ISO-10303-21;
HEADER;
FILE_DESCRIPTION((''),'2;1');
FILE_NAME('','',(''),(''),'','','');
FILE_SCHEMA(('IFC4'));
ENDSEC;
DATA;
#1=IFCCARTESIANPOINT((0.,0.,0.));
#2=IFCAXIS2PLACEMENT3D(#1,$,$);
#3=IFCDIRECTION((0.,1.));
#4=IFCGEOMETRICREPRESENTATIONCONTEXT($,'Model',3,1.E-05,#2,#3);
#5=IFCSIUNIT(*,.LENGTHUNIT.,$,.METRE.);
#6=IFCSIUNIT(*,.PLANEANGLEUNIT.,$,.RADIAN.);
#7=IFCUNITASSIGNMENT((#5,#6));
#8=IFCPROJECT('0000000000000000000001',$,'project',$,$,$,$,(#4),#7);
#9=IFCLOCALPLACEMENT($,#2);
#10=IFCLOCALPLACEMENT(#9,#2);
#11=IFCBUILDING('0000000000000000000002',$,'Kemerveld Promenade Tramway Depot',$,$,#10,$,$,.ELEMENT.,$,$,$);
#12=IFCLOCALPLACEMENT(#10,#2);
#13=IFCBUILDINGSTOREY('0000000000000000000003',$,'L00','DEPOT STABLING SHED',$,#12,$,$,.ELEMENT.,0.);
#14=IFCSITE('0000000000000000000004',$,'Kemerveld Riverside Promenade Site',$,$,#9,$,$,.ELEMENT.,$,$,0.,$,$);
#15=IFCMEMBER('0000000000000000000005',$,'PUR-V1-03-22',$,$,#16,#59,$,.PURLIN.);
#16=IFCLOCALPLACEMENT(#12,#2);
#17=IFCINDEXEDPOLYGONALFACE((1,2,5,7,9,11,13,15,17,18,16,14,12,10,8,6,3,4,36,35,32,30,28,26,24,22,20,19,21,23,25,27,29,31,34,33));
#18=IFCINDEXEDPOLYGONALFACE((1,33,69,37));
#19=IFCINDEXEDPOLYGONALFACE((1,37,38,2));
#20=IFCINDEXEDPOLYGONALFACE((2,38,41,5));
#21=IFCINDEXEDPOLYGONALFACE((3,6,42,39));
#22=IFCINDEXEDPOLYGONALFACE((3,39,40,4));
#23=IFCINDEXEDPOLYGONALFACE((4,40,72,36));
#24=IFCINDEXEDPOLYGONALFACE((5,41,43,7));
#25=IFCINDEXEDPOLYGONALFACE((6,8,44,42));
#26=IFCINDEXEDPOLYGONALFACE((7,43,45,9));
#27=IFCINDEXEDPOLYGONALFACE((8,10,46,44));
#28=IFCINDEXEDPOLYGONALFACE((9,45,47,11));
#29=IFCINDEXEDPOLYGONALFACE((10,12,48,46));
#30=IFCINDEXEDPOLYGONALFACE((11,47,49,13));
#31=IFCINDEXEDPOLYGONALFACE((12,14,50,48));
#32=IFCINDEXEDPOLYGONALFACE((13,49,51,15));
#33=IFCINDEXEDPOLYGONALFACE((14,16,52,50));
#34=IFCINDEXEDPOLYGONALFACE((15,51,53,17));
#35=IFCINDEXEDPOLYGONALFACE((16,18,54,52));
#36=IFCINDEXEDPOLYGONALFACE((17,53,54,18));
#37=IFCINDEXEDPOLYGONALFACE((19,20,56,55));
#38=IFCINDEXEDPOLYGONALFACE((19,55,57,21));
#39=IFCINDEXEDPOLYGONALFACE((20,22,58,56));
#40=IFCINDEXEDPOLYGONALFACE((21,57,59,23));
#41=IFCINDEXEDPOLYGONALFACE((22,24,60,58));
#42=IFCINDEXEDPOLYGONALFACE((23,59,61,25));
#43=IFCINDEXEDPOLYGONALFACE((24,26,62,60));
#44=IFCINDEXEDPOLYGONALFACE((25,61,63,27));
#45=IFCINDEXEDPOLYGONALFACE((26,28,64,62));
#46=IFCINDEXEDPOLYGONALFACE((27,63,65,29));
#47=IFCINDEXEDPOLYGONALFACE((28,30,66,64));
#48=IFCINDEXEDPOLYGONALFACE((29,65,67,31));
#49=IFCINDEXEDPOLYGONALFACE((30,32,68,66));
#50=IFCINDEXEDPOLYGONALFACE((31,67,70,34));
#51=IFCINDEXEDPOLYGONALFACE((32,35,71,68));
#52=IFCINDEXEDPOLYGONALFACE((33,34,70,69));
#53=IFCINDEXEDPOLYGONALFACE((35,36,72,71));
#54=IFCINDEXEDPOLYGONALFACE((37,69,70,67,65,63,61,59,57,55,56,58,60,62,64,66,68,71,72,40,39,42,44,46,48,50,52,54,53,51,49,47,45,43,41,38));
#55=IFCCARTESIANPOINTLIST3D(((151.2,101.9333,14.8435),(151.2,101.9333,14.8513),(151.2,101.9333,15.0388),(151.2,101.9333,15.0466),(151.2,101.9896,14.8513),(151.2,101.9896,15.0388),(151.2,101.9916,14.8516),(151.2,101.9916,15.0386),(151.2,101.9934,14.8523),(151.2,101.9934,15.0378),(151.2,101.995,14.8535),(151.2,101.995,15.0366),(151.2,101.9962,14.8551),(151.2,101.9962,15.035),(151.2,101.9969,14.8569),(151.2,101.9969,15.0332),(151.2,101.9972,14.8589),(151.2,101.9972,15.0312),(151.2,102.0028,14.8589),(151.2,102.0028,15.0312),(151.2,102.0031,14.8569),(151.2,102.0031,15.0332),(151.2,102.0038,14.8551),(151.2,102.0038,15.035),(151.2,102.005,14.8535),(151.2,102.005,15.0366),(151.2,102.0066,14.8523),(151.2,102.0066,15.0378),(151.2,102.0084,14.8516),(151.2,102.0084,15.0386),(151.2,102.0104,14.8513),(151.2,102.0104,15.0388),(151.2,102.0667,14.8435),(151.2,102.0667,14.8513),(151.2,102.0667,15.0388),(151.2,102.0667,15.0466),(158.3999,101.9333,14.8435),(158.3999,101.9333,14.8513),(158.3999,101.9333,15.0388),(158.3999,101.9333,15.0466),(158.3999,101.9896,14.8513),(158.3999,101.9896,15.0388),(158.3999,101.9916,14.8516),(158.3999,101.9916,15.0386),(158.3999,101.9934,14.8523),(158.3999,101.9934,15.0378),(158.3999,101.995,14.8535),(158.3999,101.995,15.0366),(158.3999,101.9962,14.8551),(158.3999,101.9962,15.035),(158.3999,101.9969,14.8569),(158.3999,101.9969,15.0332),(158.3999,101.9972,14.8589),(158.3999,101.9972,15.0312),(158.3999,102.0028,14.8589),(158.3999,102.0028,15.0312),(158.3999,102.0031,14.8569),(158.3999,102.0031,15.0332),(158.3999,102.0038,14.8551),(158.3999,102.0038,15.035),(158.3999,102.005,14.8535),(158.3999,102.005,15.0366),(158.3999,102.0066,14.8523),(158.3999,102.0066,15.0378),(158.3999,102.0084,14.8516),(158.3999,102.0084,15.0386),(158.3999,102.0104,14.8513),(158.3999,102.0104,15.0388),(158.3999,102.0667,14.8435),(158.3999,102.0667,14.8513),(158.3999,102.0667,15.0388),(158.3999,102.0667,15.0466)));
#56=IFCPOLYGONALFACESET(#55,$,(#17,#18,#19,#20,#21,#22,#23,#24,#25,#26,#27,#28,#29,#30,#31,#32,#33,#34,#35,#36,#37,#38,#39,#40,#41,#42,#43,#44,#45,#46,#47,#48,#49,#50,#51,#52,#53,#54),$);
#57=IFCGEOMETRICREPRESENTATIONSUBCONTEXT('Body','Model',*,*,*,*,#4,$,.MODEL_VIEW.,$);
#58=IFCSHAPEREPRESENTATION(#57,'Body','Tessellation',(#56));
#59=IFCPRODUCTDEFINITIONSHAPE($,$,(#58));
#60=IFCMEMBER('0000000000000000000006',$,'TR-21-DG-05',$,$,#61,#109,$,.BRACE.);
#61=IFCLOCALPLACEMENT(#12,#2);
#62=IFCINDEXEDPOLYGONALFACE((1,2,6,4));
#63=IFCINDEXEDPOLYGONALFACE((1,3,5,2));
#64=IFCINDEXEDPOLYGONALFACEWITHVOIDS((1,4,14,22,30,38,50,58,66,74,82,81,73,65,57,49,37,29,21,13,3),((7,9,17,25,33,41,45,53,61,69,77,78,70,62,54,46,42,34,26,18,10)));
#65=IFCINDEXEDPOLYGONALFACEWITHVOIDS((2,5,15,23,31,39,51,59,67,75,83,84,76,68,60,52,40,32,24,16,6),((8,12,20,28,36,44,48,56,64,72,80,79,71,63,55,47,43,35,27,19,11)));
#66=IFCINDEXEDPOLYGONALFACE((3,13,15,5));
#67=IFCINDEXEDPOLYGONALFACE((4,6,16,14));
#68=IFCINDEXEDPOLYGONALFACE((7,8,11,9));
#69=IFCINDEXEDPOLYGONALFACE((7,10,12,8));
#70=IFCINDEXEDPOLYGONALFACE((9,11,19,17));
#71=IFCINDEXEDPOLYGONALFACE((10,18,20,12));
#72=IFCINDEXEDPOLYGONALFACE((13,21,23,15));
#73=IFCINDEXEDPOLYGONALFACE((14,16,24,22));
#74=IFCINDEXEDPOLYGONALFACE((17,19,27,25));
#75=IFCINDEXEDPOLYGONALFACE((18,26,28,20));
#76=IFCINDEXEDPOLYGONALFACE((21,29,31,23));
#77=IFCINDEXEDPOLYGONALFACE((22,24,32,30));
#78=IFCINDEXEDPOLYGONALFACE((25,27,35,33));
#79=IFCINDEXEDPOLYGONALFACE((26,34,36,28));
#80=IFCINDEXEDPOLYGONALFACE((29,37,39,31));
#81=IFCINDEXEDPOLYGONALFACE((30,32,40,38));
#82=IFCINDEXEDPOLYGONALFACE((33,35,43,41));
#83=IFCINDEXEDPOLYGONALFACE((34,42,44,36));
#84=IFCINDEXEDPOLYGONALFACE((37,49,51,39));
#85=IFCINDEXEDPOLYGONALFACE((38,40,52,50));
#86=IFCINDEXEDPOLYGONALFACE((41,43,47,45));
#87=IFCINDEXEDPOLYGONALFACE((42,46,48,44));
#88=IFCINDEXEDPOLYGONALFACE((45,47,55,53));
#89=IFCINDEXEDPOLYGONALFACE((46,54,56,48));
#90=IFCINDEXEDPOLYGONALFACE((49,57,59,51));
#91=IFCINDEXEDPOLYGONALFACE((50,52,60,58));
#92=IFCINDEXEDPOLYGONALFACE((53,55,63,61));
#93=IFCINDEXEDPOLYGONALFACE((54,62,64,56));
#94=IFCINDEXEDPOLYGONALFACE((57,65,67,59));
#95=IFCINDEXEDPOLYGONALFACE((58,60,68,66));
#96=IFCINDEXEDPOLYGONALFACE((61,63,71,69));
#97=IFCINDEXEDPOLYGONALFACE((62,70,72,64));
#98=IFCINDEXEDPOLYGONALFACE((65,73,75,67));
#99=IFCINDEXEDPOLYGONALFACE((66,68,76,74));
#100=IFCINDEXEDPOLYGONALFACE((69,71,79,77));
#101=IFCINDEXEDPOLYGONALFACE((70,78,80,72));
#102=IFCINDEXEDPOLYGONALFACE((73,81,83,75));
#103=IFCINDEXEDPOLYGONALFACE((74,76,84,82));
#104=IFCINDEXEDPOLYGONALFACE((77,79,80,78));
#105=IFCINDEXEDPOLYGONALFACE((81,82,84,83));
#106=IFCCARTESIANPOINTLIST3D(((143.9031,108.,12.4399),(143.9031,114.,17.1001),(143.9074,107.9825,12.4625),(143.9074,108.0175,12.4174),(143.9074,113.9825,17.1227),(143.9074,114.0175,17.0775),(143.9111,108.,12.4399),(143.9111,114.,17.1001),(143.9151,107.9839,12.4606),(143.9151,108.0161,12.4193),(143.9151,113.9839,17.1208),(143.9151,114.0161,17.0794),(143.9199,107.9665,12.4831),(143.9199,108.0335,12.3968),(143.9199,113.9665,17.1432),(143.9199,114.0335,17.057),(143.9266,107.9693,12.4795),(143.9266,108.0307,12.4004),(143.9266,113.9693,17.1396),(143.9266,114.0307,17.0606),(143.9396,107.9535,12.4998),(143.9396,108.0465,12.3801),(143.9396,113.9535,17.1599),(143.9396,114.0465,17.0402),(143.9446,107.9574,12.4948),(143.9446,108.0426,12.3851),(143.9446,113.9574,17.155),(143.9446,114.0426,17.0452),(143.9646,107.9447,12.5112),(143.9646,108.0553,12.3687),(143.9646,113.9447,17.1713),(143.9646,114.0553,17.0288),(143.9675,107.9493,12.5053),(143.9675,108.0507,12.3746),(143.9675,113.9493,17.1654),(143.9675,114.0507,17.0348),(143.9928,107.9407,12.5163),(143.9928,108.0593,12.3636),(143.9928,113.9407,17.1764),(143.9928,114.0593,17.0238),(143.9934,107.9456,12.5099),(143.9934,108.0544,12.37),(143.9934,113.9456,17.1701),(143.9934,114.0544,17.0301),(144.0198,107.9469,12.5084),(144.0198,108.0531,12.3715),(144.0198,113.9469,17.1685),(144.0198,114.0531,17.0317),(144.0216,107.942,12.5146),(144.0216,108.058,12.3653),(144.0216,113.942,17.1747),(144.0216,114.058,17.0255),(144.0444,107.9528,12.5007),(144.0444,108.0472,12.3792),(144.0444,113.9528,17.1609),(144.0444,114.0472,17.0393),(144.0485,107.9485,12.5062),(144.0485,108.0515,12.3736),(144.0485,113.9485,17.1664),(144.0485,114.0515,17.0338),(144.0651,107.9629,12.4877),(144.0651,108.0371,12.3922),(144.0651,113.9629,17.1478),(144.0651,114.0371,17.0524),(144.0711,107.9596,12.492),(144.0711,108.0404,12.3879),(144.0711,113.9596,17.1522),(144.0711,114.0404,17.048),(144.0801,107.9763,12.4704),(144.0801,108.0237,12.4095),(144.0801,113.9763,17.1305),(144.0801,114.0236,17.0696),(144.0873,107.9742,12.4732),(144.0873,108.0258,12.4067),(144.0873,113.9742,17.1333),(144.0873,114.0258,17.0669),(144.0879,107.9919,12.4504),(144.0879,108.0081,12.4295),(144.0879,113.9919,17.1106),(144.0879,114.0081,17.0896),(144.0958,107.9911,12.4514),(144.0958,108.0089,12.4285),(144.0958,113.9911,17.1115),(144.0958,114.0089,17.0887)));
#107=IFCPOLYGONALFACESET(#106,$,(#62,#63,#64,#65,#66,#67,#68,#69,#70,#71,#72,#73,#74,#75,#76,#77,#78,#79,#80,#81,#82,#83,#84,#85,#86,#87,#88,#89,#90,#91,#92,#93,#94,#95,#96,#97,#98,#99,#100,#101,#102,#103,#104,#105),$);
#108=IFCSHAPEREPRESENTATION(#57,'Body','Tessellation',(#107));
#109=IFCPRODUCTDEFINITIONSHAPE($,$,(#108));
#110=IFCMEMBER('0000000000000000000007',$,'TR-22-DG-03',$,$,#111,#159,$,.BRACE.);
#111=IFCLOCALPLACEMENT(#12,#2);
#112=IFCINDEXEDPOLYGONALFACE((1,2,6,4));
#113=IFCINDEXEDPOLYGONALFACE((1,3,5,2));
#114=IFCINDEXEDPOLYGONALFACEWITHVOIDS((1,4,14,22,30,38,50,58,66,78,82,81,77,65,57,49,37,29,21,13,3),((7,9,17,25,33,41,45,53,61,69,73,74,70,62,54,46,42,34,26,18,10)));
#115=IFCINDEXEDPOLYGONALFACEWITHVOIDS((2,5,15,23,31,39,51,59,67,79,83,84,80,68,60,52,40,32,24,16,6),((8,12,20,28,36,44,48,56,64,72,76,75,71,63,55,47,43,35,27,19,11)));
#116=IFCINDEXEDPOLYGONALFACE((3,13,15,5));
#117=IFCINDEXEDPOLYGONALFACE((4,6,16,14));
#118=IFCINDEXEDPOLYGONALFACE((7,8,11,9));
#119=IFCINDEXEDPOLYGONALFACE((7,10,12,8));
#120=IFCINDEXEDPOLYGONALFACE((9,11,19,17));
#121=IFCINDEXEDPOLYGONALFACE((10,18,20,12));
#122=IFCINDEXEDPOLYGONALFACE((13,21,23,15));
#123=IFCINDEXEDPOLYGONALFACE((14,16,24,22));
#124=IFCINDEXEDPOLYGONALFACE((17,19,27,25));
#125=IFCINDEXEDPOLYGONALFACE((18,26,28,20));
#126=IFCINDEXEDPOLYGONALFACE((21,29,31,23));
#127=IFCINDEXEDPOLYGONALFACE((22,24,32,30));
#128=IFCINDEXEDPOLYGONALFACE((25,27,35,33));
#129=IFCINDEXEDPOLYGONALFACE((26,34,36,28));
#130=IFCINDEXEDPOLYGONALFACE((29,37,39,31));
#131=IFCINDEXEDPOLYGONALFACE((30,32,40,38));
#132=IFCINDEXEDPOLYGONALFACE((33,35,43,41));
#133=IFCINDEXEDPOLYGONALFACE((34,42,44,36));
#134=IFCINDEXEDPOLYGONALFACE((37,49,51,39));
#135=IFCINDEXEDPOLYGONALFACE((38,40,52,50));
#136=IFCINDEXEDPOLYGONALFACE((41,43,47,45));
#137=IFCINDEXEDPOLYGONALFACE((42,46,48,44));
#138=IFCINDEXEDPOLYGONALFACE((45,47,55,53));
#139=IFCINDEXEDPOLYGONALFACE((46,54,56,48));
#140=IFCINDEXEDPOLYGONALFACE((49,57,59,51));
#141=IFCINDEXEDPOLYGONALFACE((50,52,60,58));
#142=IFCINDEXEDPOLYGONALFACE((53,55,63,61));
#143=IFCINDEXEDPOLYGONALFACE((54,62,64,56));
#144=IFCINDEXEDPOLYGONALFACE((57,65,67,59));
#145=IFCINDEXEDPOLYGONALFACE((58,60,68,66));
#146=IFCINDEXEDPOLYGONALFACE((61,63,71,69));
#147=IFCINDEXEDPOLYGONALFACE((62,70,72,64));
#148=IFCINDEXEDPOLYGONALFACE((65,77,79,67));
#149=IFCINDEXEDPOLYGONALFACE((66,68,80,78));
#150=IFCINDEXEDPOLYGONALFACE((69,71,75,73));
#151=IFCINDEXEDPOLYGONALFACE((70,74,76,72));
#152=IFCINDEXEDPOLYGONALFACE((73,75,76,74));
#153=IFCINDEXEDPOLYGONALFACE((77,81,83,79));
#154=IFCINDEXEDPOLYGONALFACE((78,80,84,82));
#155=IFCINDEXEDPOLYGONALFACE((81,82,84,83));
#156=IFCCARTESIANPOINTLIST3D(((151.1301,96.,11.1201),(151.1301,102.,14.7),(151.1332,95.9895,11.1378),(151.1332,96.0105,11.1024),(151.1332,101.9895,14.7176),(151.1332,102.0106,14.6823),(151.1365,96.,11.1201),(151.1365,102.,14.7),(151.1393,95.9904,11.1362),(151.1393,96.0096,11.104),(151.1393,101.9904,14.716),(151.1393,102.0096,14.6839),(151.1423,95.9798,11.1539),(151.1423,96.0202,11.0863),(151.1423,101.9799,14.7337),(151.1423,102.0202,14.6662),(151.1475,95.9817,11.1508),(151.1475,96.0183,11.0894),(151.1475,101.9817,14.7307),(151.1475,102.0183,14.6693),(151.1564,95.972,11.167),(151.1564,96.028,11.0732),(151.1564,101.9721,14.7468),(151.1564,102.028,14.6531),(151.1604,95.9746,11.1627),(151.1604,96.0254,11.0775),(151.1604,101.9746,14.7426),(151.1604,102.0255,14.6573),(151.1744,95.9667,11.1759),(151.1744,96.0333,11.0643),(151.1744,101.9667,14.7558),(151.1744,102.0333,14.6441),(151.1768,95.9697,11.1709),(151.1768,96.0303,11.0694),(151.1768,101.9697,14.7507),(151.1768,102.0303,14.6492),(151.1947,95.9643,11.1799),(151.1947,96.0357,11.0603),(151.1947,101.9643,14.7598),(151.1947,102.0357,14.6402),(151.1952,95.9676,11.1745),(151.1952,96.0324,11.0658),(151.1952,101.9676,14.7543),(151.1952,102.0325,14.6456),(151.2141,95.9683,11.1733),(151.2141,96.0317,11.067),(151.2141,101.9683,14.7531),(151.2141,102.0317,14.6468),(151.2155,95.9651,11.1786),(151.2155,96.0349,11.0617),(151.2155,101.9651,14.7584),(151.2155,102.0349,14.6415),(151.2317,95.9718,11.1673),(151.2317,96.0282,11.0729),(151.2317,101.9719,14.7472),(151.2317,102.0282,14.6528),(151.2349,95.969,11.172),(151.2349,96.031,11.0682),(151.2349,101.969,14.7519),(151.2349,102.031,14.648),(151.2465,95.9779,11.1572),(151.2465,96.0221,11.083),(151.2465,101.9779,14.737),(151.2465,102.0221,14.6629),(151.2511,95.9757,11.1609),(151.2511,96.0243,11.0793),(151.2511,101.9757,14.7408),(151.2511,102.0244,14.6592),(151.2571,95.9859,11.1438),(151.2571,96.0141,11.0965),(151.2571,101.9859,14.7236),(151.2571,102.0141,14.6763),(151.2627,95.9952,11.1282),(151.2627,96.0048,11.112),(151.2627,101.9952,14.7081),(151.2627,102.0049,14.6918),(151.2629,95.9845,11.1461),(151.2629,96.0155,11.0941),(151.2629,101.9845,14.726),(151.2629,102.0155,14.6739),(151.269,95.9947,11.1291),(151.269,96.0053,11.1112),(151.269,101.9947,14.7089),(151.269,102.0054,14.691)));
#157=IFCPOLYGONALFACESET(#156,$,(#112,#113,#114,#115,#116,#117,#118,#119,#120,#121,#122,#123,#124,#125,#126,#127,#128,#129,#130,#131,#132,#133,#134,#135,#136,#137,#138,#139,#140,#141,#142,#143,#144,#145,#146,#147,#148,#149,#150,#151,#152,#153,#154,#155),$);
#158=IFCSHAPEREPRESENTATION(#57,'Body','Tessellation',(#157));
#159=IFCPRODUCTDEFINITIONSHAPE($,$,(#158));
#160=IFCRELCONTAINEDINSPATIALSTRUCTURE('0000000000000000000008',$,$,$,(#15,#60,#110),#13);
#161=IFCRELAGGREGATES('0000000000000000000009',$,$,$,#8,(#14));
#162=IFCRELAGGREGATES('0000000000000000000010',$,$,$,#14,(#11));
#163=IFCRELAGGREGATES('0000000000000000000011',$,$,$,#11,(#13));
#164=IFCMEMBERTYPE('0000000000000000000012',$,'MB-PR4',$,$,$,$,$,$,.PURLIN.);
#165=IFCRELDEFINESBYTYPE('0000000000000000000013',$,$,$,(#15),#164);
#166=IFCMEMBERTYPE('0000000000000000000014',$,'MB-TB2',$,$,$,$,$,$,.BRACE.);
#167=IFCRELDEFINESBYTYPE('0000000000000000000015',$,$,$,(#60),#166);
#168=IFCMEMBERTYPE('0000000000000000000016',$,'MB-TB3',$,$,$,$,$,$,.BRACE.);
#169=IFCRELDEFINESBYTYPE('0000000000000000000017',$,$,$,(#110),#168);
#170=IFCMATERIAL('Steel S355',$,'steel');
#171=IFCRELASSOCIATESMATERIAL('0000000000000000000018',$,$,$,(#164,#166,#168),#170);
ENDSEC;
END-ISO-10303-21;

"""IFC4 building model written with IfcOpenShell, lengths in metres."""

from ifc_helpers import new_model, si_unit, direction, frame, origin, origin_2d, place, context, subcontext, project, spatial, hollow_circle, i_section, extrude, material, material_profile, profile_set, type_object, element, save


model = new_model("IFC4")

# Units and contexts
model_context = context("Model", 3, precision=1e-05, world=origin(), true_north=direction((0.0, 1.0)))
body_context = subcontext(model_context, "Body", "Model", "MODEL_VIEW")
ifc_project = project(units=[si_unit("LENGTHUNIT", "METRE"), si_unit("PLANEANGLEUNIT", "RADIAN")], contexts=[model_context])

# Site, building, storey
site_placement = place(None, origin())
site = spatial("IfcSite", under=ifc_project, at=site_placement, Name="Kemerveld Riverside Promenade Site", CompositionType="ELEMENT", RefElevation=0.0)
building_placement = place(site_placement, origin())
building = spatial("IfcBuilding", under=site, at=building_placement, Name="Kemerveld Promenade Tramway Depot", CompositionType="ELEMENT")
storey_placement = place(building_placement, origin())
storey = spatial("IfcBuildingStorey", under=building, at=storey_placement, Name="L00", Description="DEPOT STABLING SHED", CompositionType="ELEMENT", Elevation=0.0)

# Members
ifc_material_1 = material(Name="Steel S355", Category="steel")
ifc_material_profile_1 = material_profile(ifc_material_1, i_section(OverallWidth=0.1333, OverallDepth=0.2031, WebThickness=0.0056, FlangeThickness=0.0078, FilletRadius=0.0076, at=origin_2d()), Name="203x133x25 UB")
ifc_profile_set_1 = profile_set([ifc_material_profile_1], Name="Steel S355")
member_type_1 = type_object("IfcMemberType", Name="MB-PR4", PredefinedType="PURLIN", material=ifc_profile_set_1)
member_1_placement = place(storey_placement, frame((151.2, 102.0, 14.9451), z_axis=(1.0, 0.0, 0.0), x_axis=(0.0, 1.0, 0.0)))
element("IfcMember", 1, at=member_1_placement, inside=storey, type_object=member_type_1, Name="PUR-V1-03-22", PredefinedType="PURLIN", context=body_context, shape_type="SweptSolid", body=[
    extrude(i_section(OverallWidth=0.1333, OverallDepth=0.2031, WebThickness=0.0056, FlangeThickness=0.0078, FilletRadius=0.0076, at=origin_2d()), origin(), (0.0, 0.0, 1.0), 7.2),
])
ifc_material_profile_2 = material_profile(ifc_material_1, hollow_circle(Radius=0.0969, WallThickness=0.0081, at=origin_2d()), Name="193.7x8.0 CHS")
ifc_profile_set_2 = profile_set([ifc_material_profile_2], Name="Steel S355")
member_type_2 = type_object("IfcMemberType", Name="MB-TB2", PredefinedType="BRACE", material=ifc_profile_set_2)
member_2_placement = place(storey_placement, frame((144.0, 108.0, 12.4399), z_axis=(0.0, 0.789767, 0.613407), x_axis=(-1.0, 0.0, 0.0)))
element("IfcMember", 2, at=member_2_placement, inside=storey, type_object=member_type_2, Name="TR-21-DG-05", PredefinedType="BRACE", context=body_context, shape_type="SweptSolid", body=[
    extrude(hollow_circle(Radius=0.0969, WallThickness=0.0081, at=origin_2d()), origin(), (0.0, 0.0, 1.0), 7.5972),
])
ifc_material_profile_3 = material_profile(ifc_material_1, hollow_circle(Radius=0.0698, WallThickness=0.0063, at=origin_2d()), Name="139.7x6.3 CHS")
ifc_profile_set_3 = profile_set([ifc_material_profile_3], Name="Steel S355")
member_type_3 = type_object("IfcMemberType", Name="MB-TB3", PredefinedType="BRACE", material=ifc_profile_set_3)
member_3_placement = place(storey_placement, frame((151.2, 96.0, 11.1201), z_axis=(0.0, 0.858764, 0.512372), x_axis=(-1.0, 0.0, 0.0)))
element("IfcMember", 3, at=member_3_placement, inside=storey, type_object=member_type_3, Name="TR-22-DG-03", PredefinedType="BRACE", context=body_context, shape_type="SweptSolid", body=[
    extrude(hollow_circle(Radius=0.0698, WallThickness=0.0063, at=origin_2d()), origin(), (0.0, 0.0, 1.0), 6.9868),
])

save(model, "model.ifc")
